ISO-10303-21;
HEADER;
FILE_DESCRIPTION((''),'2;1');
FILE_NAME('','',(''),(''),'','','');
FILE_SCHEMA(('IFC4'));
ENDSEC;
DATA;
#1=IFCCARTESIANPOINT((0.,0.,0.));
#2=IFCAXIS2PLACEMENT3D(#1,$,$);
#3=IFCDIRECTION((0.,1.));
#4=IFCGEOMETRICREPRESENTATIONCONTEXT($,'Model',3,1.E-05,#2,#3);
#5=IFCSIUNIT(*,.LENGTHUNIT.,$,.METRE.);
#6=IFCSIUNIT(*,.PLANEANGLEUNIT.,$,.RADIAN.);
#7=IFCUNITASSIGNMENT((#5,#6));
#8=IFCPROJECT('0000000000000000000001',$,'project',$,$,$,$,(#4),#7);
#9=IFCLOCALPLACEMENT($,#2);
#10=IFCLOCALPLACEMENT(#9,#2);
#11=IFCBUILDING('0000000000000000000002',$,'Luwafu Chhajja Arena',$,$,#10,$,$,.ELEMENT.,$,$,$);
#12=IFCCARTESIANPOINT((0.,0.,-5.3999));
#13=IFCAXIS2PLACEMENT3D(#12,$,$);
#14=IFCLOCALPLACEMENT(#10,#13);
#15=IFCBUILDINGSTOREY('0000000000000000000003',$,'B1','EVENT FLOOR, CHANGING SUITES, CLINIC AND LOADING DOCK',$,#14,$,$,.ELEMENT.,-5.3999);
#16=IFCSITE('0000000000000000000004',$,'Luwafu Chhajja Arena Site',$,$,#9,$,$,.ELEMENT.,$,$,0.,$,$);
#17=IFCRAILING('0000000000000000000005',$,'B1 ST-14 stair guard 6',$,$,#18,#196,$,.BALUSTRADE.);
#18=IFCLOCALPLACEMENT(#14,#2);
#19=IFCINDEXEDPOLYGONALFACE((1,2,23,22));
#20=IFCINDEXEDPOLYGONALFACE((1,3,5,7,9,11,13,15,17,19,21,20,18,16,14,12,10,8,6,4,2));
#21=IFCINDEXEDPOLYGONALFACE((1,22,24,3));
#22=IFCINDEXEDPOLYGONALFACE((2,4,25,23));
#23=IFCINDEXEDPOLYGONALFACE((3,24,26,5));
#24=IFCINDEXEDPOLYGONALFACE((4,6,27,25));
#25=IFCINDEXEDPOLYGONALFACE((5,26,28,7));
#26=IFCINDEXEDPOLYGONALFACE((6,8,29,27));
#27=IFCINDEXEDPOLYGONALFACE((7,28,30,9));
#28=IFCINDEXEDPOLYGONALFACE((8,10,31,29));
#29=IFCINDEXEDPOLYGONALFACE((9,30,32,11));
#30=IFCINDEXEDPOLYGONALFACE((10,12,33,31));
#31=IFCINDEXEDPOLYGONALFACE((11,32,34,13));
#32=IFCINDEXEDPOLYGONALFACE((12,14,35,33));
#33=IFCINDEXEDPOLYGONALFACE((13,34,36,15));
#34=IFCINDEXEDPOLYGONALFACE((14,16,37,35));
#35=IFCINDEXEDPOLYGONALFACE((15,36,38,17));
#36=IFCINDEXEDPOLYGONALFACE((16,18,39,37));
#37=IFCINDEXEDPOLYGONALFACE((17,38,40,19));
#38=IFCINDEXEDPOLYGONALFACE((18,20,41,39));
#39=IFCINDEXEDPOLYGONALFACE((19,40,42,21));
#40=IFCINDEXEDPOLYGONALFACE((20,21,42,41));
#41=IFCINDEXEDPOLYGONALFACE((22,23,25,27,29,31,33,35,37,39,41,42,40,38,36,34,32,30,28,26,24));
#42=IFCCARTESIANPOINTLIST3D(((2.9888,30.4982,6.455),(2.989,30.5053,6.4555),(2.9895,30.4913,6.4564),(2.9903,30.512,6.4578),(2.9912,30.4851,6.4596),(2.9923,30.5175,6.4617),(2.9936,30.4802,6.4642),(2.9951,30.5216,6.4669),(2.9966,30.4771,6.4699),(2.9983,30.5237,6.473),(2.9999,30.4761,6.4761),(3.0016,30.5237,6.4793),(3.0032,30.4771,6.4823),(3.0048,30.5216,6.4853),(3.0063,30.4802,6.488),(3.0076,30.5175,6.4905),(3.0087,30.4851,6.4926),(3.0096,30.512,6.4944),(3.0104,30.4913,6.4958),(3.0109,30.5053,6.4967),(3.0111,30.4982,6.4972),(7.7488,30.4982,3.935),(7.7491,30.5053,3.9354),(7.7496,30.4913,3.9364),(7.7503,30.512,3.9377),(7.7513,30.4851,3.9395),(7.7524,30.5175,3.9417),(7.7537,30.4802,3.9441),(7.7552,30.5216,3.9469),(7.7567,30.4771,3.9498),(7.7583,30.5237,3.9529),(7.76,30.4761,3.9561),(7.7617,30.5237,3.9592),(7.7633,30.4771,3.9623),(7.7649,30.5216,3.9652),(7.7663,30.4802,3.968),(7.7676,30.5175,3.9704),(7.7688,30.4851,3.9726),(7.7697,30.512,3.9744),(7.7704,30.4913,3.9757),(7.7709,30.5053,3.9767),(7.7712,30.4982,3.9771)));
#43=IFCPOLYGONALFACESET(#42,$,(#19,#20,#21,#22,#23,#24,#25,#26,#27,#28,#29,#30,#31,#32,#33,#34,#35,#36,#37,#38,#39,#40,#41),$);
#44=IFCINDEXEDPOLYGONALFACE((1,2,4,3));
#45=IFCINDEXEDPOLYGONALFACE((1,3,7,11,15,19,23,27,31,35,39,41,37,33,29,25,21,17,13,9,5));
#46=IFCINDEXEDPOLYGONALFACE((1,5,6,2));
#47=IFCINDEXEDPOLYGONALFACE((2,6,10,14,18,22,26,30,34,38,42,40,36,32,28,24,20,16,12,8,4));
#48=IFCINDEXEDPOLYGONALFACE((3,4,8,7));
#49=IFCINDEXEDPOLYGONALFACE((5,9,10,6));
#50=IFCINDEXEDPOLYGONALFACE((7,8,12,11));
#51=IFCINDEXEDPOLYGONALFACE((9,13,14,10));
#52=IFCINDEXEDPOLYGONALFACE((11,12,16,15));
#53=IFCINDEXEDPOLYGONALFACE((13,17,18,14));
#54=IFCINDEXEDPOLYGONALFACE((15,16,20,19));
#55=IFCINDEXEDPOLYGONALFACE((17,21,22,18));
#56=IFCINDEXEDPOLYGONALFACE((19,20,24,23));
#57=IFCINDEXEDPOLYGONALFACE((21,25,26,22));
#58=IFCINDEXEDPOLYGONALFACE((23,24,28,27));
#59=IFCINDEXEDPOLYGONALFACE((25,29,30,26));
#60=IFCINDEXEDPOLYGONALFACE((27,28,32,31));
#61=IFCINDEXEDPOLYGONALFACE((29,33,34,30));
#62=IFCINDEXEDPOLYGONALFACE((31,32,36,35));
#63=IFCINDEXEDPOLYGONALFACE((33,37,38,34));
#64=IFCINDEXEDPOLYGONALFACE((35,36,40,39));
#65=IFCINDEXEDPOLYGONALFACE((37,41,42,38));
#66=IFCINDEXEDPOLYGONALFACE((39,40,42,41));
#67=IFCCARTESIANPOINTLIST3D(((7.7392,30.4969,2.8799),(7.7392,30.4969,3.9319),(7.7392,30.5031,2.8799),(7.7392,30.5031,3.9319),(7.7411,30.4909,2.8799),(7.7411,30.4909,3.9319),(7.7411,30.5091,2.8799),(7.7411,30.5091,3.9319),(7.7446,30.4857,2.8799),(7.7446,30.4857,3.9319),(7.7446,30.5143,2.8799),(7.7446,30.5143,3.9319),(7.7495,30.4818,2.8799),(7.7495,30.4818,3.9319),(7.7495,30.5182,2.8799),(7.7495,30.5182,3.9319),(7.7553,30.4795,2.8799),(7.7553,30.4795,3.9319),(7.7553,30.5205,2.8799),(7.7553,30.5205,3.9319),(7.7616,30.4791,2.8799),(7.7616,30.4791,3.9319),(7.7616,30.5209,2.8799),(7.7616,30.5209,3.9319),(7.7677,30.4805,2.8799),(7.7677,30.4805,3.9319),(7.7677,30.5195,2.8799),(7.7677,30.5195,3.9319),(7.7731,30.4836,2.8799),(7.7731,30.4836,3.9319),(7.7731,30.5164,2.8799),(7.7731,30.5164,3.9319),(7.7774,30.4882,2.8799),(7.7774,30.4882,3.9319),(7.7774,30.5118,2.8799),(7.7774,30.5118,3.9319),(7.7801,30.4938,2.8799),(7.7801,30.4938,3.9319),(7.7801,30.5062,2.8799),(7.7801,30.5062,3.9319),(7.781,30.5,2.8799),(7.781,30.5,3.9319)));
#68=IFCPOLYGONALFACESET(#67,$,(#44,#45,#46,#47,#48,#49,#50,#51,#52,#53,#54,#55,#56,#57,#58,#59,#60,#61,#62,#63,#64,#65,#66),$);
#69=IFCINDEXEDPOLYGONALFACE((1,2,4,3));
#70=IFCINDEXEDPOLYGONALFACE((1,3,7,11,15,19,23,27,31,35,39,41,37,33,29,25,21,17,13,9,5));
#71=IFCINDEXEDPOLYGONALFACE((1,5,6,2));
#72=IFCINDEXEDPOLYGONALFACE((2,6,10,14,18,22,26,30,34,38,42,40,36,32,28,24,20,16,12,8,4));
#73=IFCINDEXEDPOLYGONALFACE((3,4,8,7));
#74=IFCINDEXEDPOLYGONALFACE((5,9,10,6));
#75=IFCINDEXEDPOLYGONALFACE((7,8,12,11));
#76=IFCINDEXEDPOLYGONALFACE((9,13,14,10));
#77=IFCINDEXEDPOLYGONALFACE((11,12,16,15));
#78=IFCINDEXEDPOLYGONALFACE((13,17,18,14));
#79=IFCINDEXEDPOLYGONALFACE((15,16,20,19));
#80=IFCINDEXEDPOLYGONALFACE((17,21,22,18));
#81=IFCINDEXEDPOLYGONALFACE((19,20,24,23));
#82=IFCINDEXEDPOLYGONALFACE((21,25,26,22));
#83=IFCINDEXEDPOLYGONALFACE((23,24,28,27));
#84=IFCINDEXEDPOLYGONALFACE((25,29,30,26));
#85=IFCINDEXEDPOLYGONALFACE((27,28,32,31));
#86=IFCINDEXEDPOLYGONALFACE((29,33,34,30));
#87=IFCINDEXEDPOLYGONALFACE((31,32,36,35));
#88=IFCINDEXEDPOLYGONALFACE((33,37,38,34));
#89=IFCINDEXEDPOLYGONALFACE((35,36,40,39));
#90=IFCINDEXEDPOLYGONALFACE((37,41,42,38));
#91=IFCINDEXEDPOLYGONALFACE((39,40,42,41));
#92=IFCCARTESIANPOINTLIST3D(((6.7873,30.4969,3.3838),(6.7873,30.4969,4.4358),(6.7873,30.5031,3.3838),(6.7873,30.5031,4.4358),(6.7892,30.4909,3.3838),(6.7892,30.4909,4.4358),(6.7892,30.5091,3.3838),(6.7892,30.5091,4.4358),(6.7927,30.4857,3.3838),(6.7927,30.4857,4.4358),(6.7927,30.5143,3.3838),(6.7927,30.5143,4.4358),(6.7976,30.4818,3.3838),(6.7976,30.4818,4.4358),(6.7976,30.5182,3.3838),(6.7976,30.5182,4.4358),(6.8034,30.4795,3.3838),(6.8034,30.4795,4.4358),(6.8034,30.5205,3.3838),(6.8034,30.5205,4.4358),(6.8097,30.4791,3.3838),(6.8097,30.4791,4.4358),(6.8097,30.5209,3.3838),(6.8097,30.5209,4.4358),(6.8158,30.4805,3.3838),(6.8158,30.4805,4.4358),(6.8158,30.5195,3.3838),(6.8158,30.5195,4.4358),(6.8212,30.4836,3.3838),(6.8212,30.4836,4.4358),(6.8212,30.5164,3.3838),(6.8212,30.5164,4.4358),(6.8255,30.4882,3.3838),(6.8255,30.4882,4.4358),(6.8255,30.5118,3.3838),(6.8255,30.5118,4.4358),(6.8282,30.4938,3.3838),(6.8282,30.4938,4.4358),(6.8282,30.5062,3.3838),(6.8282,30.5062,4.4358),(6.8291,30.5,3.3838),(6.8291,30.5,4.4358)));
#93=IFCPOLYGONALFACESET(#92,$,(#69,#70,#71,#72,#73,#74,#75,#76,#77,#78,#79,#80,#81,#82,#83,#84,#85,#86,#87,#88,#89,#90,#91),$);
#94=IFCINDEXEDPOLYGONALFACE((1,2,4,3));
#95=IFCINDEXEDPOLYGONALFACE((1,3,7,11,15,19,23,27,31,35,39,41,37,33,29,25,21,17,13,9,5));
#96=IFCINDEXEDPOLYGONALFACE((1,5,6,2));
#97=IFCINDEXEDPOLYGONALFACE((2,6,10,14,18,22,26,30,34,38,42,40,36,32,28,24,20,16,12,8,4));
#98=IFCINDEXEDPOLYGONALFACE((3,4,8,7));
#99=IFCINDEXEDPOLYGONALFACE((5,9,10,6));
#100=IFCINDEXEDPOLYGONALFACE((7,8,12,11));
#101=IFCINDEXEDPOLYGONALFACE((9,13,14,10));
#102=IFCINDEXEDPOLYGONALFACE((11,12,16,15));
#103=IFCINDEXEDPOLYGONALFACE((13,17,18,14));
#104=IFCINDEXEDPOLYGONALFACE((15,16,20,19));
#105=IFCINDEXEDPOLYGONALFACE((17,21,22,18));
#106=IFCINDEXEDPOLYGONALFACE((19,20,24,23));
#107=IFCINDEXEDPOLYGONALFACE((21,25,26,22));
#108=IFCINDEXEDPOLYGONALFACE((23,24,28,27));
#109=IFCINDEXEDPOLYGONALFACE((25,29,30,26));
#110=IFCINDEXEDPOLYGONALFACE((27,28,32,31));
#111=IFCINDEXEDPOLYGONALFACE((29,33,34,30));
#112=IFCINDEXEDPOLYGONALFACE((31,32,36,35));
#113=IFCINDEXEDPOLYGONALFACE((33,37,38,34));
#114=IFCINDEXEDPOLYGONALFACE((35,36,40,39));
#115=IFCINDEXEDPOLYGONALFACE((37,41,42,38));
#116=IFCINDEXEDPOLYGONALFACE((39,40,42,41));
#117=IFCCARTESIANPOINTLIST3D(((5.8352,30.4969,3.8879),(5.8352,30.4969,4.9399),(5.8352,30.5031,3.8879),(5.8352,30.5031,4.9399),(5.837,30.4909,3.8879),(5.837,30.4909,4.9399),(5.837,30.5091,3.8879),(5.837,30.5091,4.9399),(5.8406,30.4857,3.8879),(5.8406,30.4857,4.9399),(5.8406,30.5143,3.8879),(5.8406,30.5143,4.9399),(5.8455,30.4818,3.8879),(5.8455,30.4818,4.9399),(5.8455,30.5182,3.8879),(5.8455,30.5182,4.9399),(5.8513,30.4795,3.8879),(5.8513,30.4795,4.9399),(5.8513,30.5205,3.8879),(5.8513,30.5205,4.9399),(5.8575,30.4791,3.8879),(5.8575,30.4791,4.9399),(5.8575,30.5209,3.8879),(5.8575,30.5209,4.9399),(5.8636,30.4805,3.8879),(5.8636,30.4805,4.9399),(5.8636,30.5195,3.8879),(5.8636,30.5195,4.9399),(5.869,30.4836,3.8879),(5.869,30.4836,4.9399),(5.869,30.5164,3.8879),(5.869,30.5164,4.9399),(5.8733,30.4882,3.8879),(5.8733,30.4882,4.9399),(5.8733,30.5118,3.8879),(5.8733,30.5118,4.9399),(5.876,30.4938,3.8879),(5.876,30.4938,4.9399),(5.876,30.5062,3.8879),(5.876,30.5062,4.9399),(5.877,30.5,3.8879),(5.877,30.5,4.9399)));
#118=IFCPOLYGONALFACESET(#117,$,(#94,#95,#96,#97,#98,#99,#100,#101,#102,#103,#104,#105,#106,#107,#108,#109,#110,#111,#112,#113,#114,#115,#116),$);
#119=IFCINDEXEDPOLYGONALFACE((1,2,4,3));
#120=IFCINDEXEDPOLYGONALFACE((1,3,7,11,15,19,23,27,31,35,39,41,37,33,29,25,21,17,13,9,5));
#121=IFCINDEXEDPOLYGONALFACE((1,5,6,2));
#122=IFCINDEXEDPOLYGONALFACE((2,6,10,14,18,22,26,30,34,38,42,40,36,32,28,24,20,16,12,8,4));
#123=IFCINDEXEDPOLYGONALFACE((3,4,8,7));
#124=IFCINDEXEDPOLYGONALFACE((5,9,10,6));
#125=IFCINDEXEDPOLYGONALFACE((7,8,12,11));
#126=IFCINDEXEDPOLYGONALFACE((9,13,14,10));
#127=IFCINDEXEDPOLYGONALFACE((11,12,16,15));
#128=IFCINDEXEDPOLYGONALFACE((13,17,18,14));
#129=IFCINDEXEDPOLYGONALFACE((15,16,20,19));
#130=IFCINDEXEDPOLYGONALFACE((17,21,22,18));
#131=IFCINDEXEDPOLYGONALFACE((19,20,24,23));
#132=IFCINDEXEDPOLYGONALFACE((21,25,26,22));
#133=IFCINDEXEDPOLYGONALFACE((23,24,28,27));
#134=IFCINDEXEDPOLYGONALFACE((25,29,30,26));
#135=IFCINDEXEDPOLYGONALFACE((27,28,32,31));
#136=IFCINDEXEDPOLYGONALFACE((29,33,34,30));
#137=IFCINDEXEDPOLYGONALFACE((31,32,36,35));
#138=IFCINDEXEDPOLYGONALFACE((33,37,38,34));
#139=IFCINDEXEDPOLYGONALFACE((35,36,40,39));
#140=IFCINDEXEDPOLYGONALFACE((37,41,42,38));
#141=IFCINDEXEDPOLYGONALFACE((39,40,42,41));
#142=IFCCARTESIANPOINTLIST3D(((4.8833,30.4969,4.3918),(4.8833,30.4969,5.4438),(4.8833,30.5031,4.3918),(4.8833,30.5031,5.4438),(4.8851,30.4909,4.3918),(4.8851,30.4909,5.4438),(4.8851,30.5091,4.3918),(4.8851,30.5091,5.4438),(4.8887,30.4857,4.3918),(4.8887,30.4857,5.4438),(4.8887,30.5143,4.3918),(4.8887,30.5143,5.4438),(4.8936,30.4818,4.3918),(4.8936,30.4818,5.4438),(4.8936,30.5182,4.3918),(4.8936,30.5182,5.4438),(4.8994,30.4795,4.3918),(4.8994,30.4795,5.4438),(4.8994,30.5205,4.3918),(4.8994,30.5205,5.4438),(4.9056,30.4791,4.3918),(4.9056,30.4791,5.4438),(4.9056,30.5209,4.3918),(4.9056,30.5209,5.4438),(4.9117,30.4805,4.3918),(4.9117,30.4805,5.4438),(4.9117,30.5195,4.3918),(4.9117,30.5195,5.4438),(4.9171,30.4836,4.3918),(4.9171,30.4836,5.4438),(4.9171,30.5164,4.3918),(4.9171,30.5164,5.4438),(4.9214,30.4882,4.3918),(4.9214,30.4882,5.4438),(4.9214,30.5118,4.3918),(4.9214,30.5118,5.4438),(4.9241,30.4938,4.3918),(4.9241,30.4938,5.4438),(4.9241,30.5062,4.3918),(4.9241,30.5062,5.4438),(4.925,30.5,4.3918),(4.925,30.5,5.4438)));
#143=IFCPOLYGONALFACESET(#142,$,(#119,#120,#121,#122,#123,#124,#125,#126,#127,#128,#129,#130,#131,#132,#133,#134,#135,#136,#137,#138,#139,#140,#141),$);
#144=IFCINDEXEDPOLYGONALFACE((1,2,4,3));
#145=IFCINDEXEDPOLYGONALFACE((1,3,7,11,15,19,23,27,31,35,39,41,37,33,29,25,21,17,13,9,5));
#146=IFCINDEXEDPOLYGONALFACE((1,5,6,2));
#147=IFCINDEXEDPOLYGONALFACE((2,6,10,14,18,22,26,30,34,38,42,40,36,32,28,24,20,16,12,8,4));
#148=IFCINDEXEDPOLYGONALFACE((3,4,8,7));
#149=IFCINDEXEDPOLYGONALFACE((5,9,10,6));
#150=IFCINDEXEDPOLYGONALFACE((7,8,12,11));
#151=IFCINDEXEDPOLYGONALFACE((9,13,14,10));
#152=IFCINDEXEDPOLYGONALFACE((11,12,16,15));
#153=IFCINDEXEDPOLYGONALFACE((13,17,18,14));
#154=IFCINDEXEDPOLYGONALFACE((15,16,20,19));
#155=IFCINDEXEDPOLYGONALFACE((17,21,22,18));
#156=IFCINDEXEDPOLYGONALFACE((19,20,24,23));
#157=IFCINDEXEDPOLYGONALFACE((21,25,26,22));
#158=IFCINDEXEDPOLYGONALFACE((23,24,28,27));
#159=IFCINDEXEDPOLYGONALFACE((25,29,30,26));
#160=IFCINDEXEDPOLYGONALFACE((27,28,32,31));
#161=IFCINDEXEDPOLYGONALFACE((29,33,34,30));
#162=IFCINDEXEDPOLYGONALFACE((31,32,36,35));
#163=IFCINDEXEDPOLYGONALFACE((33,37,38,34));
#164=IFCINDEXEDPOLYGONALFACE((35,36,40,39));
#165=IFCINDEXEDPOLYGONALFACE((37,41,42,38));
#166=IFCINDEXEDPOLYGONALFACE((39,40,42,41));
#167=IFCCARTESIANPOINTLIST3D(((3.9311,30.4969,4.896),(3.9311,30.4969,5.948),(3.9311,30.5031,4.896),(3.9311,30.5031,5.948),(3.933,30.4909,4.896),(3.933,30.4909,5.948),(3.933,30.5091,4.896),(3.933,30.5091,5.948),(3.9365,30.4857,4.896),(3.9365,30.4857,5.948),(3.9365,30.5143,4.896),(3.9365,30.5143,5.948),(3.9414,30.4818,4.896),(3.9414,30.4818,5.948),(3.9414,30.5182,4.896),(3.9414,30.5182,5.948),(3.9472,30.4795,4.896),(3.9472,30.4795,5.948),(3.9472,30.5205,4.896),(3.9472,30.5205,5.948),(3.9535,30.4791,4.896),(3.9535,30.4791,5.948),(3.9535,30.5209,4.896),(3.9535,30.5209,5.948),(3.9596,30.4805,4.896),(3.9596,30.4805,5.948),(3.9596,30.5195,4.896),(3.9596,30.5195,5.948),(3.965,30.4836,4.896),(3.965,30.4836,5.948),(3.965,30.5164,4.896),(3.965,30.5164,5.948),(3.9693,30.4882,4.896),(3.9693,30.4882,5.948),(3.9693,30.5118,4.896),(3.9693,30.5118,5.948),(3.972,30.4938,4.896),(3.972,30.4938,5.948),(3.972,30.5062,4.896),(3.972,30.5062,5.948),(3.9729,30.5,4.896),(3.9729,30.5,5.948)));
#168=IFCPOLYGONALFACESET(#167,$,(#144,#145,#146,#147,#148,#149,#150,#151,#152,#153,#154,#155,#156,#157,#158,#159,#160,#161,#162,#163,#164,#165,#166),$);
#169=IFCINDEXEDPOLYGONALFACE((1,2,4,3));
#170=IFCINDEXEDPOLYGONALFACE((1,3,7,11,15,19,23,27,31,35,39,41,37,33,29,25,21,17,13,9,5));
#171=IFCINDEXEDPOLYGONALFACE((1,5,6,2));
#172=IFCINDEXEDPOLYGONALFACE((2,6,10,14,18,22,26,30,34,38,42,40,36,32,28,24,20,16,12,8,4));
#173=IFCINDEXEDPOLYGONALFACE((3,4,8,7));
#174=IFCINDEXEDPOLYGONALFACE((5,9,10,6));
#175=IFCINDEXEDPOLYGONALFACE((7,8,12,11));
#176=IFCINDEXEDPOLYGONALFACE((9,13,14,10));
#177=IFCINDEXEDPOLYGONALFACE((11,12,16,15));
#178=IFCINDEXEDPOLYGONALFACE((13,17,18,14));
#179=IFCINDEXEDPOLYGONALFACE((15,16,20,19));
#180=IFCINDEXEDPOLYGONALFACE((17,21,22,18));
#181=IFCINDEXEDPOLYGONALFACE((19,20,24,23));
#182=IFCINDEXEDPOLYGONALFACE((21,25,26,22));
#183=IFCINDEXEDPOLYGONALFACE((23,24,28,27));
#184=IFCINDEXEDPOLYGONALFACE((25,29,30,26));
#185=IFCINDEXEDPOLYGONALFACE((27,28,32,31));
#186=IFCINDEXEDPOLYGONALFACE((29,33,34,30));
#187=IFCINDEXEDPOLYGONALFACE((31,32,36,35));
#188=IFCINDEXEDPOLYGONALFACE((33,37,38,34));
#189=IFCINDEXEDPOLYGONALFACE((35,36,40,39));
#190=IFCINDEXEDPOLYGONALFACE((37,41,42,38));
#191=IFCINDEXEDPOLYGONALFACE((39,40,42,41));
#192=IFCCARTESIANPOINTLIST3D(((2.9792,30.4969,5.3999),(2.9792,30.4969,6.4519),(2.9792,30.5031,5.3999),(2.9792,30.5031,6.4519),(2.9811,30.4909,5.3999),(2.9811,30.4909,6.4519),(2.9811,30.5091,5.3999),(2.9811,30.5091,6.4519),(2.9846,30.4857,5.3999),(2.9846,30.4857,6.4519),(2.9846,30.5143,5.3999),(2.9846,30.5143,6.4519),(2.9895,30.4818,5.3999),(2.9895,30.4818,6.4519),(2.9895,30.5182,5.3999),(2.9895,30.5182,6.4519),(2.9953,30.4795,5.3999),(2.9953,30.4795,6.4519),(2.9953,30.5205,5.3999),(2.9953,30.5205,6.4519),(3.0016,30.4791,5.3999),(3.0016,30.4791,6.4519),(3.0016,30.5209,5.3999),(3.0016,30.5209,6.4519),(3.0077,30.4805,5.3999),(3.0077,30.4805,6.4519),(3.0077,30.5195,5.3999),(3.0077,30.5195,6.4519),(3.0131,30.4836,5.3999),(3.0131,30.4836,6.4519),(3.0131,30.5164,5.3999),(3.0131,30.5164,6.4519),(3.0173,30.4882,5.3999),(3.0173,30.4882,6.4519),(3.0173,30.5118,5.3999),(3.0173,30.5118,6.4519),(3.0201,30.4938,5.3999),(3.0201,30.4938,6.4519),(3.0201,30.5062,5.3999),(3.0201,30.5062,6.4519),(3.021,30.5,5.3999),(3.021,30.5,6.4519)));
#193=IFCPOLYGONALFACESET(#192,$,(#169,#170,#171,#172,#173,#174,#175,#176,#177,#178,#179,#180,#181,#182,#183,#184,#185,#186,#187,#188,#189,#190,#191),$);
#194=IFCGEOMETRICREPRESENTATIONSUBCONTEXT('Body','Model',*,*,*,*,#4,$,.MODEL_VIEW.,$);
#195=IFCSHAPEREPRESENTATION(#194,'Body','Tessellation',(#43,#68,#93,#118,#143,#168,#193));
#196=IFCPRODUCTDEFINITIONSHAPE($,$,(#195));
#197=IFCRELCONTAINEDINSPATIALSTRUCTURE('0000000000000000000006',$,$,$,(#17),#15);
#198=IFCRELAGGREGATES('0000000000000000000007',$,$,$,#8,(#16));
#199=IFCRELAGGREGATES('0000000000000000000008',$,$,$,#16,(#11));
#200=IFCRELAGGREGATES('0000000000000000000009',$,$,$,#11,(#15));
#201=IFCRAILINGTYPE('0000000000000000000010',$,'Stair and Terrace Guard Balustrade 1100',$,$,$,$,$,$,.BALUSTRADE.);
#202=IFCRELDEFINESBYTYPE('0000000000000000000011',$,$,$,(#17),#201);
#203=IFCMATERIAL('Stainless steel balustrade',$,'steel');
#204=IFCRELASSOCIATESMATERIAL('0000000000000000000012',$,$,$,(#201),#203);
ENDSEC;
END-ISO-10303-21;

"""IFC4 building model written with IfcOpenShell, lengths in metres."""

from ifc_helpers import new_model, si_unit, direction, frame, origin, origin_2d, place, context, subcontext, project, spatial, circle, extrude, material, type_object, element, save


model = new_model("IFC4")

# Units and contexts
model_context = context("Model", 3, precision=1e-05, world=origin(), true_north=direction((0.0, 1.0)))
body_context = subcontext(model_context, "Body", "Model", "MODEL_VIEW")
ifc_project = project(units=[si_unit("LENGTHUNIT", "METRE"), si_unit("PLANEANGLEUNIT", "RADIAN")], contexts=[model_context])

# Site, building, storey
site_placement = place(None, origin())
site = spatial("IfcSite", under=ifc_project, at=site_placement, Name="Luwafu Chhajja Arena Site", CompositionType="ELEMENT", RefElevation=0.0)
building_placement = place(site_placement, origin())
building = spatial("IfcBuilding", under=site, at=building_placement, Name="Luwafu Chhajja Arena", CompositionType="ELEMENT")
storey_placement = place(building_placement, frame((0.0, 0.0, -5.3999)))
storey = spatial("IfcBuildingStorey", under=building, at=storey_placement, Name="B1", Description="EVENT FLOOR, CHANGING SUITES, CLINIC AND LOADING DOCK", CompositionType="ELEMENT", Elevation=-5.3999)

# Railing
ifc_material_1 = material(Name="Stainless steel balustrade", Category="steel")
railing_type_1 = type_object("IfcRailingType", Name="Stair and Terrace Guard Balustrade 1100", PredefinedType="BALUSTRADE", material=ifc_material_1)
railing_1_placement = place(storey_placement, frame((7.76, 30.5, 2.8799)))
element("IfcRailing", 1, at=railing_1_placement, inside=storey, type_object=railing_type_1, Name="B1 ST-14 stair guard 6", PredefinedType="BALUSTRADE", context=body_context, shape_type="SweptSolid", body=[
    extrude(circle(Radius=0.0239, at=origin_2d()), frame((0.0, 0.0, 1.0762), z_axis=(-0.883787, 0.0, 0.46789), x_axis=(0.0, -1.0, 0.0)), (0.0, 0.0, 1.0), 5.386),
    extrude(circle(Radius=0.021, at=origin_2d()), origin(), (0.0, 0.0, 1.0), 1.052),
    extrude(circle(Radius=0.021, at=origin_2d()), frame((-0.9519, 0.0, 0.5039)), (0.0, 0.0, 1.0), 1.052),
    extrude(circle(Radius=0.021, at=origin_2d()), frame((-1.9041, 0.0, 1.0081)), (0.0, 0.0, 1.0), 1.052),
    extrude(circle(Radius=0.021, at=origin_2d()), frame((-2.856, 0.0, 1.512)), (0.0, 0.0, 1.0), 1.052),
    extrude(circle(Radius=0.021, at=origin_2d()), frame((-3.8081, 0.0, 2.0161)), (0.0, 0.0, 1.0), 1.052),
    extrude(circle(Radius=0.021, at=origin_2d()), frame((-4.76, 0.0, 2.52)), (0.0, 0.0, 1.0), 1.052),
])

save(model, "model.ifc")
